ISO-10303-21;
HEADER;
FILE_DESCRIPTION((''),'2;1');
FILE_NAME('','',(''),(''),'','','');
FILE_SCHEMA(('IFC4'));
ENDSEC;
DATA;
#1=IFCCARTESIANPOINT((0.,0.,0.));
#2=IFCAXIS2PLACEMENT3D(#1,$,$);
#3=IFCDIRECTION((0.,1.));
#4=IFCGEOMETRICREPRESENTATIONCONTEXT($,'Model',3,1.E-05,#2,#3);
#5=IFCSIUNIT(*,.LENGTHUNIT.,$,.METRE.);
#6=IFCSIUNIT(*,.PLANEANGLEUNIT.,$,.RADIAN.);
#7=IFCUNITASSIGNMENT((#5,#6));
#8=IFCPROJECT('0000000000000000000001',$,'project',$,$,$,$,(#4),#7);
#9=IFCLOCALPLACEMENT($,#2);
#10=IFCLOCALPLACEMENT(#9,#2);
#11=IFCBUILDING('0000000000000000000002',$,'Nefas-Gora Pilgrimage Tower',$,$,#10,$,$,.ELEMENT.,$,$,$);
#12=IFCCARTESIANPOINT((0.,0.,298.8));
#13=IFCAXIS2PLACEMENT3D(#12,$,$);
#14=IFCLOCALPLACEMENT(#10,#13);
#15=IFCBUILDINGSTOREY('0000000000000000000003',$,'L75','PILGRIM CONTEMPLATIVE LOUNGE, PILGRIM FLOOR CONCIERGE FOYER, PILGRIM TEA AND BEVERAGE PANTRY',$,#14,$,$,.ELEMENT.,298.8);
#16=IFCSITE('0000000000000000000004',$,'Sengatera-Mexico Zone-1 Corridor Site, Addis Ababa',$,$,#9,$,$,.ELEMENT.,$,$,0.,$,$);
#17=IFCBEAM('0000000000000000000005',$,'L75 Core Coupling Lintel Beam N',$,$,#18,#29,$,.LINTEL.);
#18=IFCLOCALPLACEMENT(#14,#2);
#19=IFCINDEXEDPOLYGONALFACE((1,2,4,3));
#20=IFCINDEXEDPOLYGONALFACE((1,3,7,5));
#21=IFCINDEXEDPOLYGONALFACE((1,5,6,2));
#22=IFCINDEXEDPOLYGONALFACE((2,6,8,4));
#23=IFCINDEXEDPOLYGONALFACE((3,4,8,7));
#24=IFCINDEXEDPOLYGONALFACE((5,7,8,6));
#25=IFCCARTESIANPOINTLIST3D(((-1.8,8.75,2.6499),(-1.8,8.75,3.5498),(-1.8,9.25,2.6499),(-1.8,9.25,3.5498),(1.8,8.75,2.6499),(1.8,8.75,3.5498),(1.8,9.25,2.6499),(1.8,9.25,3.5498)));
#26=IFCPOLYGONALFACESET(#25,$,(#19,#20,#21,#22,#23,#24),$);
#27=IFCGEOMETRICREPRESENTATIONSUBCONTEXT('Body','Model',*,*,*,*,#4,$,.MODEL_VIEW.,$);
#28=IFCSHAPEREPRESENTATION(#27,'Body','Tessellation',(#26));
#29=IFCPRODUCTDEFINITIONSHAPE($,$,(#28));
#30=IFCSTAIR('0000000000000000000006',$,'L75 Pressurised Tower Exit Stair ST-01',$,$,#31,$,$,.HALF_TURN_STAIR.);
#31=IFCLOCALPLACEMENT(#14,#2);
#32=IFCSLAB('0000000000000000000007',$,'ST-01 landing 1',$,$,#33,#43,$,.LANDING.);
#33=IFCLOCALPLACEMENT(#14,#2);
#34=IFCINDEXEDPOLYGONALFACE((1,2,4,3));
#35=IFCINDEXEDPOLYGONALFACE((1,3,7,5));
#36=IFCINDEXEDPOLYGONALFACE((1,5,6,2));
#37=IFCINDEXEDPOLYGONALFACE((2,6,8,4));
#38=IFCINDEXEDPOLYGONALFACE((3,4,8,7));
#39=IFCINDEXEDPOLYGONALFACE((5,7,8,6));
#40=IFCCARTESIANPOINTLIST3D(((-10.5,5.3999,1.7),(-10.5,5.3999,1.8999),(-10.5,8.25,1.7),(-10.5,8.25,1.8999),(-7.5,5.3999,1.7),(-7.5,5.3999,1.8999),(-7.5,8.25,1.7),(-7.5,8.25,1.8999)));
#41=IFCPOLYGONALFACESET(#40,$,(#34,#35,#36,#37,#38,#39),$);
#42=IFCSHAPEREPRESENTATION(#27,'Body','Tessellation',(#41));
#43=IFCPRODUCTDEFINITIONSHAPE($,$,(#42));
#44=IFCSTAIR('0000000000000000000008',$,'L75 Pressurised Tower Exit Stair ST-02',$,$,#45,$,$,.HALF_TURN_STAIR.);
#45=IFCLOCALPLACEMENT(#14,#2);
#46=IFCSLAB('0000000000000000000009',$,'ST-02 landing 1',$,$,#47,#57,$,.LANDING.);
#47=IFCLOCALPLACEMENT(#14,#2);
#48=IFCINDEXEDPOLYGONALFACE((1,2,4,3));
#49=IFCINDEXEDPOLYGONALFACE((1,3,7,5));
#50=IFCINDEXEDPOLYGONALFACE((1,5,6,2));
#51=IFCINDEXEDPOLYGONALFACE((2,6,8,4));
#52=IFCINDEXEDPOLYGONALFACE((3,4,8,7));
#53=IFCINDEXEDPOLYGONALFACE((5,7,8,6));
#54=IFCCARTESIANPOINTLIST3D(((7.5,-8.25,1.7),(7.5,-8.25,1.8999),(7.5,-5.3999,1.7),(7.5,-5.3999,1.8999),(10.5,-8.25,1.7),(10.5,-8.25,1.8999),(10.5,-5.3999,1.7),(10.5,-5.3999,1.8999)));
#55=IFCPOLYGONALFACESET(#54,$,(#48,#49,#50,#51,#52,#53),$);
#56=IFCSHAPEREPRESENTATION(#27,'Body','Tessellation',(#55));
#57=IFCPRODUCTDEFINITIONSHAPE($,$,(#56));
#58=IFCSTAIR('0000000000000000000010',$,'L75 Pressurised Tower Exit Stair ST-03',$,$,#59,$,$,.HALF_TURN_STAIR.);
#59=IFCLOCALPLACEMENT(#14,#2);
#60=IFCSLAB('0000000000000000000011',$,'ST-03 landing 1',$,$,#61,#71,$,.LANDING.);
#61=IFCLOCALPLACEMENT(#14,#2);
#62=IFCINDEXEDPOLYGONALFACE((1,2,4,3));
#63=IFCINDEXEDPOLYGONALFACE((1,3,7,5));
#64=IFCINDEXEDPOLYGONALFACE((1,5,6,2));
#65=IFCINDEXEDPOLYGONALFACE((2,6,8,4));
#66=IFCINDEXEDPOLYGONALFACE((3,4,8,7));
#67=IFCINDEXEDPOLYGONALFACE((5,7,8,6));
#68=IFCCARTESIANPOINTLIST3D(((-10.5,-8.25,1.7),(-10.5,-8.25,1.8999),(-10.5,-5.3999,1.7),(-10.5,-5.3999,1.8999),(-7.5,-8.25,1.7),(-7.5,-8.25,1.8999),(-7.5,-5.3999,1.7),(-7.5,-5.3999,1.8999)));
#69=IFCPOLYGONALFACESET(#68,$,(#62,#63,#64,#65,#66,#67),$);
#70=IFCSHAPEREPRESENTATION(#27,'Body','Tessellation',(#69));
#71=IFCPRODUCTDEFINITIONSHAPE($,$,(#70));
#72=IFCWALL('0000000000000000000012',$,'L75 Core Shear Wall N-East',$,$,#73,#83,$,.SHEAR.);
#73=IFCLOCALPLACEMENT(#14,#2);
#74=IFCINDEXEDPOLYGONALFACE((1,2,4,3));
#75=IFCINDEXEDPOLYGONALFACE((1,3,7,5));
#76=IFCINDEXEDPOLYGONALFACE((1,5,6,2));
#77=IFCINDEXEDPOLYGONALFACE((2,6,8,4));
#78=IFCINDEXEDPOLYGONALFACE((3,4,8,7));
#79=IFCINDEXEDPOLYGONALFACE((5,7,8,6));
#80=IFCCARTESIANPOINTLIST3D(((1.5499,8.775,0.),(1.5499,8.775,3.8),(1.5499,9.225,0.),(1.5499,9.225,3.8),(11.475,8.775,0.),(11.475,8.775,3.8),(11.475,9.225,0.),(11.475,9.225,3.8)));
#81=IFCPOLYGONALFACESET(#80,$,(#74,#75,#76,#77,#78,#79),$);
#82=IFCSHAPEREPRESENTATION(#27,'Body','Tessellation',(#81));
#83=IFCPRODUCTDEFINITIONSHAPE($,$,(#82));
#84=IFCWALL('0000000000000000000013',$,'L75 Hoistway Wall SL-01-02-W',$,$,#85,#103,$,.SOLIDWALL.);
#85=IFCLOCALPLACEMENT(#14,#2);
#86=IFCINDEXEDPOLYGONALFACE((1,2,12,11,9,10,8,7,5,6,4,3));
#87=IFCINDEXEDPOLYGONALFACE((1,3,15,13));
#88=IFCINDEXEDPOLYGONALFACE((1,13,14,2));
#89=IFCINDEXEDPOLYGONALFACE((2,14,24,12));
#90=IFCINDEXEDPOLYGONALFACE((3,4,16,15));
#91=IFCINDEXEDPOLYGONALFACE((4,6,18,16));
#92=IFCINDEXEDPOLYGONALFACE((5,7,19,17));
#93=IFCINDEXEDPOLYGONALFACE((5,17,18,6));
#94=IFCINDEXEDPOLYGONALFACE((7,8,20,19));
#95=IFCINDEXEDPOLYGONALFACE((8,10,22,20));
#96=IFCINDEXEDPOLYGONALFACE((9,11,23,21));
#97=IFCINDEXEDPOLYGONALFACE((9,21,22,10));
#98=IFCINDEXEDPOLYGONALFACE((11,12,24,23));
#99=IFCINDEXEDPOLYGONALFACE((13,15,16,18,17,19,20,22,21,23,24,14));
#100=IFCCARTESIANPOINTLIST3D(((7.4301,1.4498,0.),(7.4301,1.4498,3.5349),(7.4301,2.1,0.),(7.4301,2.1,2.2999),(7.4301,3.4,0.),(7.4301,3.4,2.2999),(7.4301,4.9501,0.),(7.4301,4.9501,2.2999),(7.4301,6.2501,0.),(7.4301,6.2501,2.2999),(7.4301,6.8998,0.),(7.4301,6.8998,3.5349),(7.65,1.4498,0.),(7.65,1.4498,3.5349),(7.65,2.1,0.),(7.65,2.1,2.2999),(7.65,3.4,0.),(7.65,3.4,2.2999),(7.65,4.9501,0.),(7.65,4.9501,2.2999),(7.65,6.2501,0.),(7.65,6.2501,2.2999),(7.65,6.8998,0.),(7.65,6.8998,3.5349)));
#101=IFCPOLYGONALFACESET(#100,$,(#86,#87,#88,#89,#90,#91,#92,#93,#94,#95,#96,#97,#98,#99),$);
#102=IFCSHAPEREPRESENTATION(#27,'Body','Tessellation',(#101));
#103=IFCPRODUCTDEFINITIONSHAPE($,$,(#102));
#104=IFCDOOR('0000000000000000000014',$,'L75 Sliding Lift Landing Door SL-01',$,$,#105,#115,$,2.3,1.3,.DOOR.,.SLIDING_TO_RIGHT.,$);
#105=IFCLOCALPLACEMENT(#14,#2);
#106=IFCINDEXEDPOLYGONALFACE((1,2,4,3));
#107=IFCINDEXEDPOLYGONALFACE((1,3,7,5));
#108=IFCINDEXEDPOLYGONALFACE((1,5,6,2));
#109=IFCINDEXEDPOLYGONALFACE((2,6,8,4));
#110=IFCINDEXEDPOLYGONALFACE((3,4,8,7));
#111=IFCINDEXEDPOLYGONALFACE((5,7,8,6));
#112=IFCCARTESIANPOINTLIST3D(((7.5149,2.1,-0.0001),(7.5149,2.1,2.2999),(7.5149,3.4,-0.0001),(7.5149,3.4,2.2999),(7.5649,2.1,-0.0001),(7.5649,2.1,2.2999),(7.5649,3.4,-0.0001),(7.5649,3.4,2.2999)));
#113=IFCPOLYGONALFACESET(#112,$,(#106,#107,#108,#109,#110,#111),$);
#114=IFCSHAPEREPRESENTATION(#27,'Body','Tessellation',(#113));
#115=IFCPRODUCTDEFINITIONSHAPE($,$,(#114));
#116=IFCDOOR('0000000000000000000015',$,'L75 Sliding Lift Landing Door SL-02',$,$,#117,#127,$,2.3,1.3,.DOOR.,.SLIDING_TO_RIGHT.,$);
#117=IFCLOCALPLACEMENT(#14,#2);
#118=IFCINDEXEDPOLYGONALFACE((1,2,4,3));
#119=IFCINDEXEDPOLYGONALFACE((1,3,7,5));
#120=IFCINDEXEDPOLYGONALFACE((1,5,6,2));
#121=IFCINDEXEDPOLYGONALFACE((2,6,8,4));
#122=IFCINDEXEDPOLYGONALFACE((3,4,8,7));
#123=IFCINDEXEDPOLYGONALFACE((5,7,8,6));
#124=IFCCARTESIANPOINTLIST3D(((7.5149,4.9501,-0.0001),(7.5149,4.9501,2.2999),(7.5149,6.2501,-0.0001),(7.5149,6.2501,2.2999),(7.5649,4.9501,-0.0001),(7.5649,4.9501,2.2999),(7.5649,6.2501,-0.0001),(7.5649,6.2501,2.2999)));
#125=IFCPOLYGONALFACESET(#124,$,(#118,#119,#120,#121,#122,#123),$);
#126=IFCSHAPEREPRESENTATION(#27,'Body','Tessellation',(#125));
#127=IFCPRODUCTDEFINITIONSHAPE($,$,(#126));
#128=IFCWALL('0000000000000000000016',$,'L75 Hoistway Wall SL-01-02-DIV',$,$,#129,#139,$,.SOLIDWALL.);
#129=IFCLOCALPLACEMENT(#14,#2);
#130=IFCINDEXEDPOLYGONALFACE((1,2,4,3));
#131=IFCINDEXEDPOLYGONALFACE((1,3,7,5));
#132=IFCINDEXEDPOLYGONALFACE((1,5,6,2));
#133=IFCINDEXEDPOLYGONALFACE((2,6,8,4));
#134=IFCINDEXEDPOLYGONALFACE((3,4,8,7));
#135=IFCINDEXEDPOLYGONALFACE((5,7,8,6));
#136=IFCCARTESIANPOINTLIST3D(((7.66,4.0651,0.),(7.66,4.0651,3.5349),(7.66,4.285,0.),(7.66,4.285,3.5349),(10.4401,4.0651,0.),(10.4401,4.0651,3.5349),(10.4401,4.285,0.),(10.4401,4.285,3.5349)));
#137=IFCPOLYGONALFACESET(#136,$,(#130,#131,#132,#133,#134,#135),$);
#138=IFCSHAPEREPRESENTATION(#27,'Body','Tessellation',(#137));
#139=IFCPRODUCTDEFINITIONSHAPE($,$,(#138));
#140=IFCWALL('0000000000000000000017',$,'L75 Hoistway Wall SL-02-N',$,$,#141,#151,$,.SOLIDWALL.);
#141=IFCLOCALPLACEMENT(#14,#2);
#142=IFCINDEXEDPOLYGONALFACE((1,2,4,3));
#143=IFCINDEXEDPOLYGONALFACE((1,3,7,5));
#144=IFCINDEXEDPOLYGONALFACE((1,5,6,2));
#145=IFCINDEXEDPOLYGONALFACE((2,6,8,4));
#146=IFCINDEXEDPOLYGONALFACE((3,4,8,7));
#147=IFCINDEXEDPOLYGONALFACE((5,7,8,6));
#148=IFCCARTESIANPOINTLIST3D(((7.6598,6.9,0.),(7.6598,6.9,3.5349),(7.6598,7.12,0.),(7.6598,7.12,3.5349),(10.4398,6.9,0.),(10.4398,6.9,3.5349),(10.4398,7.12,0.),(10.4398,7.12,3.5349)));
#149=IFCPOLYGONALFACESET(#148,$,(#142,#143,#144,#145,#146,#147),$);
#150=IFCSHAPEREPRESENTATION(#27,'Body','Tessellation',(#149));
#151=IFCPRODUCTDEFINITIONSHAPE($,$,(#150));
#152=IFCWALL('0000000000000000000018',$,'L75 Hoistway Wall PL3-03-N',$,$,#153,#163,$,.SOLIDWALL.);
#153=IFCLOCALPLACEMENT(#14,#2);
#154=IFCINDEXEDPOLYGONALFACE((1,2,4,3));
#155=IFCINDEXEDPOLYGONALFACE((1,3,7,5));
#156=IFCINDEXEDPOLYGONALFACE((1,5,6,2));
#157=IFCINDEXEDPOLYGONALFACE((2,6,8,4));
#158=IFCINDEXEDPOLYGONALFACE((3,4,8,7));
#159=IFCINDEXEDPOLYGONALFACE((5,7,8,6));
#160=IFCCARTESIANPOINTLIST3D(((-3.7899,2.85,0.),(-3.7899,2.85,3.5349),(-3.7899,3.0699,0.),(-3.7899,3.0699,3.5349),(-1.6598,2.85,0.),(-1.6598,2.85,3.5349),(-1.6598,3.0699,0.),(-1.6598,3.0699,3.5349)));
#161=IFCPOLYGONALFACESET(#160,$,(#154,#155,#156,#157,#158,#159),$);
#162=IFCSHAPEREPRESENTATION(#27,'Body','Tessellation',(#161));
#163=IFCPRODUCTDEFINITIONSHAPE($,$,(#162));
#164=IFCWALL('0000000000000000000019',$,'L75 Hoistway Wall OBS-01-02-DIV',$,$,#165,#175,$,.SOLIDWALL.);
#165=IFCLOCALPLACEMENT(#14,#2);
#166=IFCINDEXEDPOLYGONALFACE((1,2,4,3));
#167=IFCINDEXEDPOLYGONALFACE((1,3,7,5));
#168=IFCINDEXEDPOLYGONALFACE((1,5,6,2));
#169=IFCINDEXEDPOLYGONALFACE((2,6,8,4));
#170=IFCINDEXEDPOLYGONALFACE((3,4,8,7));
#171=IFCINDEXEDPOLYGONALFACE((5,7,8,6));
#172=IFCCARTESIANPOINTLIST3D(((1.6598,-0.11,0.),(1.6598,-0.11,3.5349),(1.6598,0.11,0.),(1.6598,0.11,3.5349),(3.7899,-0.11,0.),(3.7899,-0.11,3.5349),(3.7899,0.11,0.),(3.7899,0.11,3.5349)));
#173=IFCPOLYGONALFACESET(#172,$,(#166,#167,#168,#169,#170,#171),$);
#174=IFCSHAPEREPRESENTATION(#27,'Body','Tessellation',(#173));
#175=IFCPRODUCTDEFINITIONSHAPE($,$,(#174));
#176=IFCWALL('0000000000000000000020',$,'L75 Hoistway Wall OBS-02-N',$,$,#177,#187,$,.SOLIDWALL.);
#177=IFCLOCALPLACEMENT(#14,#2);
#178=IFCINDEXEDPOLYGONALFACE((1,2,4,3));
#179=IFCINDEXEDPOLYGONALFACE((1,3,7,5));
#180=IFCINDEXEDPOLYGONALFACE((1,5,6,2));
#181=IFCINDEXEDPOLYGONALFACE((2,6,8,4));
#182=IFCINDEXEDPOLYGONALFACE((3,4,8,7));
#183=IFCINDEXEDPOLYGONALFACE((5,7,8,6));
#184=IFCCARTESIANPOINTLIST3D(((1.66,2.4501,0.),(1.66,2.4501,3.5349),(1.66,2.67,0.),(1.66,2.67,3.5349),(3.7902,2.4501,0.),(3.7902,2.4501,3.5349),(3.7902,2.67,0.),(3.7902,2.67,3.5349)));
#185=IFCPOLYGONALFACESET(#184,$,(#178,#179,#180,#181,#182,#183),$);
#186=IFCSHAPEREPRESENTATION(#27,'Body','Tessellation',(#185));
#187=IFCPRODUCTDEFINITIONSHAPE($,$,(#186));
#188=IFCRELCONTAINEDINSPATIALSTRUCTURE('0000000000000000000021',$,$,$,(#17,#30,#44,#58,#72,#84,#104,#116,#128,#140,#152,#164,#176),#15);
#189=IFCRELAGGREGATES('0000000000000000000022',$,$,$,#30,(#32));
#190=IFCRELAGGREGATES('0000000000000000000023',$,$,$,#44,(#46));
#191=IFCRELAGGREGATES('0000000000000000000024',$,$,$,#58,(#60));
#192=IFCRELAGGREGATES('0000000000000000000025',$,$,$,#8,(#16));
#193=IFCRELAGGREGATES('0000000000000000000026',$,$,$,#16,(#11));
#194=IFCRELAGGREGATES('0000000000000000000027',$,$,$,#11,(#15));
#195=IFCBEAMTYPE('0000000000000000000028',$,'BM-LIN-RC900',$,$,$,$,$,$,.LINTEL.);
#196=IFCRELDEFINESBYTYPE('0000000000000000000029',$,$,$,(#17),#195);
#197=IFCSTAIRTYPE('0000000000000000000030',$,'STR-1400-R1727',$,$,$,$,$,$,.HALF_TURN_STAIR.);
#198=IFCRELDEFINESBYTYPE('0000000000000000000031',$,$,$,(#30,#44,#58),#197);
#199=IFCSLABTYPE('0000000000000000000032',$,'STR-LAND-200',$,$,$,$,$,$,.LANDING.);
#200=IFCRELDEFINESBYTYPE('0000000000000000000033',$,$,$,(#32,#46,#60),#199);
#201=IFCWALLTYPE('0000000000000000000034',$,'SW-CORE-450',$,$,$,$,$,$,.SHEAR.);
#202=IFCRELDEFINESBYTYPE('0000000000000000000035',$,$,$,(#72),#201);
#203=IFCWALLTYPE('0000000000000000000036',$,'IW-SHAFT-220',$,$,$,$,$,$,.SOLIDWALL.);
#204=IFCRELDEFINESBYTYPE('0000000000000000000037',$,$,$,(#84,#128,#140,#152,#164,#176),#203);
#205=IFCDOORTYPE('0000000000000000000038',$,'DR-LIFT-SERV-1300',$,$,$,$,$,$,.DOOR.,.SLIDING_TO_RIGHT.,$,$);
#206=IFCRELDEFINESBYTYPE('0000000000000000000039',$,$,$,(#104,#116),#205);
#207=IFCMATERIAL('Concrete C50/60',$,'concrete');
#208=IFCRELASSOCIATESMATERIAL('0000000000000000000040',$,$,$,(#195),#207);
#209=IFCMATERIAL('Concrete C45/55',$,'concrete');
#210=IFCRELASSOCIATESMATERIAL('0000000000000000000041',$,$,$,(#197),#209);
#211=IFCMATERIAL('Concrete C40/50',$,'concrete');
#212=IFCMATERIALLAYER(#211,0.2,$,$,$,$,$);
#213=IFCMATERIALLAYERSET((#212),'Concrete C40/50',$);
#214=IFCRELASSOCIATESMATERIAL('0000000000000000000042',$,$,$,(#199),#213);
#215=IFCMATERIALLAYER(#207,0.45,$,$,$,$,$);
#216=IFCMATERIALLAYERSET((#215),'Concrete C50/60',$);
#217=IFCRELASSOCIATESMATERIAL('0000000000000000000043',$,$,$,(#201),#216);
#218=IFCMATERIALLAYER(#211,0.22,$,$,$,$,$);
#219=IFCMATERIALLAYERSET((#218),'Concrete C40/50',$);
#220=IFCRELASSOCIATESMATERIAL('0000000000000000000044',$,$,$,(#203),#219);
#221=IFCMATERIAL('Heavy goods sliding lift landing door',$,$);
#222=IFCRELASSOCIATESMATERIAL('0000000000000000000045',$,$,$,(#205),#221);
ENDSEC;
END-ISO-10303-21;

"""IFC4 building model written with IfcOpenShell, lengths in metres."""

from ifc_helpers import new_model, si_unit, direction, frame, frame_2d, origin, origin_2d, place, context, subcontext, project, spatial, polyline, rectangle, outline, extrude, source, transform, mapped, material, layer, layer_set, material_profile, profile_set, type_object, element, fill, aggregate, save


model = new_model("IFC4")

# Units and contexts
model_context = context("Model", 3, precision=1e-05, world=origin(), true_north=direction((0.0, 1.0)))
body_context = subcontext(model_context, "Body", "Model", "MODEL_VIEW")
ifc_project = project(units=[si_unit("LENGTHUNIT", "METRE"), si_unit("PLANEANGLEUNIT", "RADIAN")], contexts=[model_context])

# Site, building, storey
site_placement = place(None, origin())
site = spatial("IfcSite", under=ifc_project, at=site_placement, Name="Sengatera-Mexico Zone-1 Corridor Site, Addis Ababa", CompositionType="ELEMENT", RefElevation=0.0)
building_placement = place(site_placement, origin())
building = spatial("IfcBuilding", under=site, at=building_placement, Name="Nefas-Gora Pilgrimage Tower", CompositionType="ELEMENT")
storey_placement = place(building_placement, frame((0.0, 0.0, 298.8)))
storey = spatial("IfcBuildingStorey", under=building, at=storey_placement, Name="L75", Description="PILGRIM CONTEMPLATIVE LOUNGE, PILGRIM FLOOR CONCIERGE FOYER, PILGRIM TEA AND BEVERAGE PANTRY", CompositionType="ELEMENT", Elevation=298.8)

# Beam
ifc_material_1 = material(Name="Concrete C50/60", Category="concrete")
ifc_material_profile = material_profile(ifc_material_1, rectangle(XDim=0.5, YDim=0.8999, at=origin_2d()), Name="RC 500x900")
ifc_profile_set = profile_set([ifc_material_profile], Name="Concrete C50/60")
beam_type = type_object("IfcBeamType", Name="BM-LIN-RC900", PredefinedType="LINTEL", material=ifc_profile_set)
shared_shape_1 = source(origin(), body_context, "Body", "SweptSolid", [
    extrude(rectangle(XDim=0.5, YDim=0.8999, at=origin_2d()), origin(), (0.0, 0.0, 1.0), 3.6001),
])
beam_placement = place(storey_placement, frame((-1.8, 9.0, 3.0999), z_axis=(1.0, 0.0, 0.0), x_axis=(0.0, 1.0, 0.0)))
element("IfcBeam", 1, at=beam_placement, inside=storey, type_object=beam_type, Name="L75 Core Coupling Lintel Beam N", PredefinedType="LINTEL", context=body_context, shape_type="MappedRepresentation", body=[
    mapped(shared_shape_1, transform((0.0, 0.0, 0.0), x_axis=(1.0, 0.0, 0.0), y_axis=(0.0, 1.0, 0.0), z_axis=(0.0, 0.0, 1.0), scale=1.0)),
])

# Stairs, slabs
ifc_material_2 = material(Name="Concrete C45/55", Category="concrete")
stair_type = type_object("IfcStairType", Name="STR-1400-R1727", PredefinedType="HALF_TURN_STAIR", material=ifc_material_2)
stair_1_placement = place(storey_placement, origin())
stair_1 = element("IfcStair", 2, at=stair_1_placement, inside=storey, type_object=stair_type, Name="L75 Pressurised Tower Exit Stair ST-01", PredefinedType="HALF_TURN_STAIR")
ifc_material_3 = material(Name="Concrete C40/50", Category="concrete")
ifc_layer_1 = layer(ifc_material_3, 0.2)
ifc_layer_set_1 = layer_set([ifc_layer_1], Name="Concrete C40/50")
slab_type = type_object("IfcSlabType", Name="STR-LAND-200", PredefinedType="LANDING", material=ifc_layer_set_1)
slab_1_placement = place(storey_placement, frame((0.0, 0.0, 1.7)))
slab_1 = element("IfcSlab", 3, at=slab_1_placement, type_object=slab_type, Name="ST-01 landing 1", PredefinedType="LANDING", context=body_context, shape_type="SweptSolid", body=[
    extrude(outline(polyline([(-7.5, 5.3999), (-7.5, 8.25), (-10.5, 8.25), (-10.5, 5.3999), (-7.5, 5.3999)])), origin(), (0.0, 0.0, 1.0), 0.2),
])
aggregate(stair_1, [slab_1])
stair_2_placement = place(storey_placement, origin())
stair_2 = element("IfcStair", 4, at=stair_2_placement, inside=storey, type_object=stair_type, Name="L75 Pressurised Tower Exit Stair ST-02", PredefinedType="HALF_TURN_STAIR")
slab_2_placement = place(storey_placement, frame((0.0, 0.0, 1.7)))
slab_2 = element("IfcSlab", 5, at=slab_2_placement, type_object=slab_type, Name="ST-02 landing 1", PredefinedType="LANDING", context=body_context, shape_type="SweptSolid", body=[
    extrude(outline(polyline([(7.5, -5.3999), (7.5, -8.25), (10.5, -8.25), (10.5, -5.3999), (7.5, -5.3999)])), origin(), (0.0, 0.0, 1.0), 0.2),
])
aggregate(stair_2, [slab_2])
stair_3_placement = place(storey_placement, origin())
stair_3 = element("IfcStair", 6, at=stair_3_placement, inside=storey, type_object=stair_type, Name="L75 Pressurised Tower Exit Stair ST-03", PredefinedType="HALF_TURN_STAIR")
slab_3_placement = place(storey_placement, frame((0.0, 0.0, 1.7)))
slab_3 = element("IfcSlab", 7, at=slab_3_placement, type_object=slab_type, Name="ST-03 landing 1", PredefinedType="LANDING", context=body_context, shape_type="SweptSolid", body=[
    extrude(outline(polyline([(-10.5, -5.3999), (-10.5, -8.25), (-7.5, -8.25), (-7.5, -5.3999), (-10.5, -5.3999)])), origin(), (0.0, 0.0, 1.0), 0.2),
])
aggregate(stair_3, [slab_3])

# Wall
ifc_layer_2 = layer(ifc_material_1, 0.45)
ifc_layer_set_2 = layer_set([ifc_layer_2], Name="Concrete C50/60")
wall_type_1 = type_object("IfcWallType", Name="SW-CORE-450", PredefinedType="SHEAR", material=ifc_layer_set_2)
shared_shape_2 = source(origin(), body_context, "Body", "SweptSolid", [
    extrude(rectangle(XDim=9.925, YDim=0.45, at=frame_2d((4.9624, 0.0))), origin(), (0.0, 0.0, 1.0), 3.8),
])
wall_1_placement = place(storey_placement, frame((1.55, 9.0, 0.0), z_axis=(0.0, 0.0, 1.0), x_axis=(1.0, 0.0, 0.0)))
element("IfcWall", 8, at=wall_1_placement, inside=storey, type_object=wall_type_1, Name="L75 Core Shear Wall N-East", PredefinedType="SHEAR", context=body_context, shape_type="MappedRepresentation", body=[
    mapped(shared_shape_2, transform((0.0, 0.0, 0.0), x_axis=(1.0, 0.0, 0.0), y_axis=(0.0, 1.0, 0.0), z_axis=(0.0, 0.0, 1.0), scale=1.0)),
])

# Wall, openings, doors
ifc_layer_3 = layer(ifc_material_3, 0.22)
ifc_layer_set_3 = layer_set([ifc_layer_3], Name="Concrete C40/50")
wall_type_2 = type_object("IfcWallType", Name="IW-SHAFT-220", PredefinedType="SOLIDWALL", material=ifc_layer_set_3)
shared_shape_3 = source(origin(), body_context, "Body", "SweptSolid", [
    extrude(rectangle(XDim=5.45, YDim=0.22, at=frame_2d((2.7251, 0.0))), origin(), (0.0, 0.0, 1.0), 3.5349),
])
wall_2_placement = place(storey_placement, frame((7.54, 6.8999, 0.0), z_axis=(0.0, 0.0, 1.0), x_axis=(0.0, -1.0, 0.0)))
wall_2 = element("IfcWall", 9, at=wall_2_placement, inside=storey, type_object=wall_type_2, Name="L75 Hoistway Wall SL-01-02-W", PredefinedType="SOLIDWALL", context=body_context, shape_type="MappedRepresentation", body=[
    mapped(shared_shape_3, transform((0.0, 0.0, 0.0), x_axis=(1.0, 0.0, 0.0), y_axis=(0.0, 1.0, 0.0), z_axis=(0.0, 0.0, 1.0), scale=1.0)),
])
opening_1_placement = place(wall_2_placement, frame((3.5, 0.0, 0.0)))
opening_1 = element("IfcOpeningElement", 10, at=opening_1_placement, cuts=wall_2, PredefinedType="OPENING", context=body_context, shape_type="SweptSolid", body=[
    extrude(rectangle(XDim=1.3, YDim=2.3, at=frame_2d((0.6499, 1.1499))), frame((0.0, 0.1199, 0.0), z_axis=(0.0, -1.0, 0.0), x_axis=(1.0, 0.0, 0.0)), (0.0, 0.0, 1.0), 0.24),
])
opening_2_placement = place(wall_2_placement, frame((0.6499, 0.0, 0.0)))
opening_2 = element("IfcOpeningElement", 11, at=opening_2_placement, cuts=wall_2, PredefinedType="OPENING", context=body_context, shape_type="SweptSolid", body=[
    extrude(rectangle(XDim=1.3, YDim=2.3, at=frame_2d((0.6499, 1.1499))), frame((0.0, 0.1199, 0.0), z_axis=(0.0, -1.0, 0.0), x_axis=(1.0, 0.0, 0.0)), (0.0, 0.0, 1.0), 0.24),
])
ifc_material_4 = material(Name="Heavy goods sliding lift landing door")
door_type_1 = type_object("IfcDoorType", Name="DR-LIFT-SERV-1300", OperationType="SLIDING_TO_RIGHT", PredefinedType="DOOR", material=ifc_material_4)
shared_shape_4 = source(origin(), body_context, "Body", "SweptSolid", [
    extrude(rectangle(XDim=1.3, YDim=2.3, at=frame_2d((0.6499, 1.1499))), frame((0.0, 0.0249, 0.0), z_axis=(0.0, -1.0, 0.0), x_axis=(1.0, 0.0, 0.0)), (0.0, 0.0, 1.0), 0.05),
])
door_1_placement = place(opening_1_placement, origin())
door_1 = element("IfcDoor", 12, at=door_1_placement, inside=storey, type_object=door_type_1, Name="L75 Sliding Lift Landing Door SL-01", OperationType="SLIDING_TO_RIGHT", OverallHeight=2.3, OverallWidth=1.3, PredefinedType="DOOR", context=body_context, shape_type="MappedRepresentation", body=[
    mapped(shared_shape_4, transform((0.0, 0.0, 0.0), x_axis=(1.0, 0.0, 0.0), y_axis=(0.0, 1.0, 0.0), z_axis=(0.0, 0.0, 1.0), scale=1.0)),
])
fill(opening_1, door_1)
door_2_placement = place(opening_2_placement, origin())
door_2 = element("IfcDoor", 13, at=door_2_placement, inside=storey, type_object=door_type_1, Name="L75 Sliding Lift Landing Door SL-02", OperationType="SLIDING_TO_RIGHT", OverallHeight=2.3, OverallWidth=1.3, PredefinedType="DOOR", context=body_context, shape_type="MappedRepresentation", body=[
    mapped(shared_shape_4, transform((0.0, 0.0, 0.0), x_axis=(1.0, 0.0, 0.0), y_axis=(0.0, 1.0, 0.0), z_axis=(0.0, 0.0, 1.0), scale=1.0)),
])
fill(opening_2, door_2)

# Walls
shared_shape_5 = source(origin(), body_context, "Body", "SweptSolid", [
    extrude(rectangle(XDim=2.78, YDim=0.22, at=frame_2d((1.3901, 0.0))), origin(), (0.0, 0.0, 1.0), 3.5349),
])
for number, where, z_axis, x_axis, name in (
    (14, (7.6599, 4.175, 0.0), (0.0, 0.0, 1.0), (1.0, 0.0, 0.0), "L75 Hoistway Wall SL-01-02-DIV"),
    (15, (10.4399, 7.01, 0.0), (0.0, 0.0, 1.0), (-1.0, 0.0, 0.0), "L75 Hoistway Wall SL-02-N"),
):
    element("IfcWall", number, at=place(storey_placement, frame(where, z_axis=z_axis, x_axis=x_axis)), inside=storey, type_object=wall_type_2, Name=name, PredefinedType="SOLIDWALL", context=body_context, shape_type="MappedRepresentation", body=[
        mapped(shared_shape_5, transform((0.0, 0.0, 0.0), x_axis=(1.0, 0.0, 0.0), y_axis=(0.0, 1.0, 0.0), z_axis=(0.0, 0.0, 1.0), scale=1.0)),
    ])
shared_shape_6 = source(origin(), body_context, "Body", "SweptSolid", [
    extrude(rectangle(XDim=2.1301, YDim=0.22, at=frame_2d((1.0649, 0.0))), origin(), (0.0, 0.0, 1.0), 3.5349),
])
for number, where, z_axis, x_axis, name in (
    (16, (-1.6599, 2.96, 0.0), (0.0, 0.0, 1.0), (-1.0, 0.0, 0.0), "L75 Hoistway Wall PL3-03-N"),
    (17, (1.6599, 0.0, 0.0), (0.0, 0.0, 1.0), (1.0, 0.0, 0.0), "L75 Hoistway Wall OBS-01-02-DIV"),
    (18, (3.79, 2.5601, 0.0), (0.0, 0.0, 1.0), (-1.0, 0.0, 0.0), "L75 Hoistway Wall OBS-02-N"),
):
    element("IfcWall", number, at=place(storey_placement, frame(where, z_axis=z_axis, x_axis=x_axis)), inside=storey, type_object=wall_type_2, Name=name, PredefinedType="SOLIDWALL", context=body_context, shape_type="MappedRepresentation", body=[
        mapped(shared_shape_6, transform((0.0, 0.0, 0.0), x_axis=(1.0, 0.0, 0.0), y_axis=(0.0, 1.0, 0.0), z_axis=(0.0, 0.0, 1.0), scale=1.0)),
    ])

save(model, "model.ifc")
